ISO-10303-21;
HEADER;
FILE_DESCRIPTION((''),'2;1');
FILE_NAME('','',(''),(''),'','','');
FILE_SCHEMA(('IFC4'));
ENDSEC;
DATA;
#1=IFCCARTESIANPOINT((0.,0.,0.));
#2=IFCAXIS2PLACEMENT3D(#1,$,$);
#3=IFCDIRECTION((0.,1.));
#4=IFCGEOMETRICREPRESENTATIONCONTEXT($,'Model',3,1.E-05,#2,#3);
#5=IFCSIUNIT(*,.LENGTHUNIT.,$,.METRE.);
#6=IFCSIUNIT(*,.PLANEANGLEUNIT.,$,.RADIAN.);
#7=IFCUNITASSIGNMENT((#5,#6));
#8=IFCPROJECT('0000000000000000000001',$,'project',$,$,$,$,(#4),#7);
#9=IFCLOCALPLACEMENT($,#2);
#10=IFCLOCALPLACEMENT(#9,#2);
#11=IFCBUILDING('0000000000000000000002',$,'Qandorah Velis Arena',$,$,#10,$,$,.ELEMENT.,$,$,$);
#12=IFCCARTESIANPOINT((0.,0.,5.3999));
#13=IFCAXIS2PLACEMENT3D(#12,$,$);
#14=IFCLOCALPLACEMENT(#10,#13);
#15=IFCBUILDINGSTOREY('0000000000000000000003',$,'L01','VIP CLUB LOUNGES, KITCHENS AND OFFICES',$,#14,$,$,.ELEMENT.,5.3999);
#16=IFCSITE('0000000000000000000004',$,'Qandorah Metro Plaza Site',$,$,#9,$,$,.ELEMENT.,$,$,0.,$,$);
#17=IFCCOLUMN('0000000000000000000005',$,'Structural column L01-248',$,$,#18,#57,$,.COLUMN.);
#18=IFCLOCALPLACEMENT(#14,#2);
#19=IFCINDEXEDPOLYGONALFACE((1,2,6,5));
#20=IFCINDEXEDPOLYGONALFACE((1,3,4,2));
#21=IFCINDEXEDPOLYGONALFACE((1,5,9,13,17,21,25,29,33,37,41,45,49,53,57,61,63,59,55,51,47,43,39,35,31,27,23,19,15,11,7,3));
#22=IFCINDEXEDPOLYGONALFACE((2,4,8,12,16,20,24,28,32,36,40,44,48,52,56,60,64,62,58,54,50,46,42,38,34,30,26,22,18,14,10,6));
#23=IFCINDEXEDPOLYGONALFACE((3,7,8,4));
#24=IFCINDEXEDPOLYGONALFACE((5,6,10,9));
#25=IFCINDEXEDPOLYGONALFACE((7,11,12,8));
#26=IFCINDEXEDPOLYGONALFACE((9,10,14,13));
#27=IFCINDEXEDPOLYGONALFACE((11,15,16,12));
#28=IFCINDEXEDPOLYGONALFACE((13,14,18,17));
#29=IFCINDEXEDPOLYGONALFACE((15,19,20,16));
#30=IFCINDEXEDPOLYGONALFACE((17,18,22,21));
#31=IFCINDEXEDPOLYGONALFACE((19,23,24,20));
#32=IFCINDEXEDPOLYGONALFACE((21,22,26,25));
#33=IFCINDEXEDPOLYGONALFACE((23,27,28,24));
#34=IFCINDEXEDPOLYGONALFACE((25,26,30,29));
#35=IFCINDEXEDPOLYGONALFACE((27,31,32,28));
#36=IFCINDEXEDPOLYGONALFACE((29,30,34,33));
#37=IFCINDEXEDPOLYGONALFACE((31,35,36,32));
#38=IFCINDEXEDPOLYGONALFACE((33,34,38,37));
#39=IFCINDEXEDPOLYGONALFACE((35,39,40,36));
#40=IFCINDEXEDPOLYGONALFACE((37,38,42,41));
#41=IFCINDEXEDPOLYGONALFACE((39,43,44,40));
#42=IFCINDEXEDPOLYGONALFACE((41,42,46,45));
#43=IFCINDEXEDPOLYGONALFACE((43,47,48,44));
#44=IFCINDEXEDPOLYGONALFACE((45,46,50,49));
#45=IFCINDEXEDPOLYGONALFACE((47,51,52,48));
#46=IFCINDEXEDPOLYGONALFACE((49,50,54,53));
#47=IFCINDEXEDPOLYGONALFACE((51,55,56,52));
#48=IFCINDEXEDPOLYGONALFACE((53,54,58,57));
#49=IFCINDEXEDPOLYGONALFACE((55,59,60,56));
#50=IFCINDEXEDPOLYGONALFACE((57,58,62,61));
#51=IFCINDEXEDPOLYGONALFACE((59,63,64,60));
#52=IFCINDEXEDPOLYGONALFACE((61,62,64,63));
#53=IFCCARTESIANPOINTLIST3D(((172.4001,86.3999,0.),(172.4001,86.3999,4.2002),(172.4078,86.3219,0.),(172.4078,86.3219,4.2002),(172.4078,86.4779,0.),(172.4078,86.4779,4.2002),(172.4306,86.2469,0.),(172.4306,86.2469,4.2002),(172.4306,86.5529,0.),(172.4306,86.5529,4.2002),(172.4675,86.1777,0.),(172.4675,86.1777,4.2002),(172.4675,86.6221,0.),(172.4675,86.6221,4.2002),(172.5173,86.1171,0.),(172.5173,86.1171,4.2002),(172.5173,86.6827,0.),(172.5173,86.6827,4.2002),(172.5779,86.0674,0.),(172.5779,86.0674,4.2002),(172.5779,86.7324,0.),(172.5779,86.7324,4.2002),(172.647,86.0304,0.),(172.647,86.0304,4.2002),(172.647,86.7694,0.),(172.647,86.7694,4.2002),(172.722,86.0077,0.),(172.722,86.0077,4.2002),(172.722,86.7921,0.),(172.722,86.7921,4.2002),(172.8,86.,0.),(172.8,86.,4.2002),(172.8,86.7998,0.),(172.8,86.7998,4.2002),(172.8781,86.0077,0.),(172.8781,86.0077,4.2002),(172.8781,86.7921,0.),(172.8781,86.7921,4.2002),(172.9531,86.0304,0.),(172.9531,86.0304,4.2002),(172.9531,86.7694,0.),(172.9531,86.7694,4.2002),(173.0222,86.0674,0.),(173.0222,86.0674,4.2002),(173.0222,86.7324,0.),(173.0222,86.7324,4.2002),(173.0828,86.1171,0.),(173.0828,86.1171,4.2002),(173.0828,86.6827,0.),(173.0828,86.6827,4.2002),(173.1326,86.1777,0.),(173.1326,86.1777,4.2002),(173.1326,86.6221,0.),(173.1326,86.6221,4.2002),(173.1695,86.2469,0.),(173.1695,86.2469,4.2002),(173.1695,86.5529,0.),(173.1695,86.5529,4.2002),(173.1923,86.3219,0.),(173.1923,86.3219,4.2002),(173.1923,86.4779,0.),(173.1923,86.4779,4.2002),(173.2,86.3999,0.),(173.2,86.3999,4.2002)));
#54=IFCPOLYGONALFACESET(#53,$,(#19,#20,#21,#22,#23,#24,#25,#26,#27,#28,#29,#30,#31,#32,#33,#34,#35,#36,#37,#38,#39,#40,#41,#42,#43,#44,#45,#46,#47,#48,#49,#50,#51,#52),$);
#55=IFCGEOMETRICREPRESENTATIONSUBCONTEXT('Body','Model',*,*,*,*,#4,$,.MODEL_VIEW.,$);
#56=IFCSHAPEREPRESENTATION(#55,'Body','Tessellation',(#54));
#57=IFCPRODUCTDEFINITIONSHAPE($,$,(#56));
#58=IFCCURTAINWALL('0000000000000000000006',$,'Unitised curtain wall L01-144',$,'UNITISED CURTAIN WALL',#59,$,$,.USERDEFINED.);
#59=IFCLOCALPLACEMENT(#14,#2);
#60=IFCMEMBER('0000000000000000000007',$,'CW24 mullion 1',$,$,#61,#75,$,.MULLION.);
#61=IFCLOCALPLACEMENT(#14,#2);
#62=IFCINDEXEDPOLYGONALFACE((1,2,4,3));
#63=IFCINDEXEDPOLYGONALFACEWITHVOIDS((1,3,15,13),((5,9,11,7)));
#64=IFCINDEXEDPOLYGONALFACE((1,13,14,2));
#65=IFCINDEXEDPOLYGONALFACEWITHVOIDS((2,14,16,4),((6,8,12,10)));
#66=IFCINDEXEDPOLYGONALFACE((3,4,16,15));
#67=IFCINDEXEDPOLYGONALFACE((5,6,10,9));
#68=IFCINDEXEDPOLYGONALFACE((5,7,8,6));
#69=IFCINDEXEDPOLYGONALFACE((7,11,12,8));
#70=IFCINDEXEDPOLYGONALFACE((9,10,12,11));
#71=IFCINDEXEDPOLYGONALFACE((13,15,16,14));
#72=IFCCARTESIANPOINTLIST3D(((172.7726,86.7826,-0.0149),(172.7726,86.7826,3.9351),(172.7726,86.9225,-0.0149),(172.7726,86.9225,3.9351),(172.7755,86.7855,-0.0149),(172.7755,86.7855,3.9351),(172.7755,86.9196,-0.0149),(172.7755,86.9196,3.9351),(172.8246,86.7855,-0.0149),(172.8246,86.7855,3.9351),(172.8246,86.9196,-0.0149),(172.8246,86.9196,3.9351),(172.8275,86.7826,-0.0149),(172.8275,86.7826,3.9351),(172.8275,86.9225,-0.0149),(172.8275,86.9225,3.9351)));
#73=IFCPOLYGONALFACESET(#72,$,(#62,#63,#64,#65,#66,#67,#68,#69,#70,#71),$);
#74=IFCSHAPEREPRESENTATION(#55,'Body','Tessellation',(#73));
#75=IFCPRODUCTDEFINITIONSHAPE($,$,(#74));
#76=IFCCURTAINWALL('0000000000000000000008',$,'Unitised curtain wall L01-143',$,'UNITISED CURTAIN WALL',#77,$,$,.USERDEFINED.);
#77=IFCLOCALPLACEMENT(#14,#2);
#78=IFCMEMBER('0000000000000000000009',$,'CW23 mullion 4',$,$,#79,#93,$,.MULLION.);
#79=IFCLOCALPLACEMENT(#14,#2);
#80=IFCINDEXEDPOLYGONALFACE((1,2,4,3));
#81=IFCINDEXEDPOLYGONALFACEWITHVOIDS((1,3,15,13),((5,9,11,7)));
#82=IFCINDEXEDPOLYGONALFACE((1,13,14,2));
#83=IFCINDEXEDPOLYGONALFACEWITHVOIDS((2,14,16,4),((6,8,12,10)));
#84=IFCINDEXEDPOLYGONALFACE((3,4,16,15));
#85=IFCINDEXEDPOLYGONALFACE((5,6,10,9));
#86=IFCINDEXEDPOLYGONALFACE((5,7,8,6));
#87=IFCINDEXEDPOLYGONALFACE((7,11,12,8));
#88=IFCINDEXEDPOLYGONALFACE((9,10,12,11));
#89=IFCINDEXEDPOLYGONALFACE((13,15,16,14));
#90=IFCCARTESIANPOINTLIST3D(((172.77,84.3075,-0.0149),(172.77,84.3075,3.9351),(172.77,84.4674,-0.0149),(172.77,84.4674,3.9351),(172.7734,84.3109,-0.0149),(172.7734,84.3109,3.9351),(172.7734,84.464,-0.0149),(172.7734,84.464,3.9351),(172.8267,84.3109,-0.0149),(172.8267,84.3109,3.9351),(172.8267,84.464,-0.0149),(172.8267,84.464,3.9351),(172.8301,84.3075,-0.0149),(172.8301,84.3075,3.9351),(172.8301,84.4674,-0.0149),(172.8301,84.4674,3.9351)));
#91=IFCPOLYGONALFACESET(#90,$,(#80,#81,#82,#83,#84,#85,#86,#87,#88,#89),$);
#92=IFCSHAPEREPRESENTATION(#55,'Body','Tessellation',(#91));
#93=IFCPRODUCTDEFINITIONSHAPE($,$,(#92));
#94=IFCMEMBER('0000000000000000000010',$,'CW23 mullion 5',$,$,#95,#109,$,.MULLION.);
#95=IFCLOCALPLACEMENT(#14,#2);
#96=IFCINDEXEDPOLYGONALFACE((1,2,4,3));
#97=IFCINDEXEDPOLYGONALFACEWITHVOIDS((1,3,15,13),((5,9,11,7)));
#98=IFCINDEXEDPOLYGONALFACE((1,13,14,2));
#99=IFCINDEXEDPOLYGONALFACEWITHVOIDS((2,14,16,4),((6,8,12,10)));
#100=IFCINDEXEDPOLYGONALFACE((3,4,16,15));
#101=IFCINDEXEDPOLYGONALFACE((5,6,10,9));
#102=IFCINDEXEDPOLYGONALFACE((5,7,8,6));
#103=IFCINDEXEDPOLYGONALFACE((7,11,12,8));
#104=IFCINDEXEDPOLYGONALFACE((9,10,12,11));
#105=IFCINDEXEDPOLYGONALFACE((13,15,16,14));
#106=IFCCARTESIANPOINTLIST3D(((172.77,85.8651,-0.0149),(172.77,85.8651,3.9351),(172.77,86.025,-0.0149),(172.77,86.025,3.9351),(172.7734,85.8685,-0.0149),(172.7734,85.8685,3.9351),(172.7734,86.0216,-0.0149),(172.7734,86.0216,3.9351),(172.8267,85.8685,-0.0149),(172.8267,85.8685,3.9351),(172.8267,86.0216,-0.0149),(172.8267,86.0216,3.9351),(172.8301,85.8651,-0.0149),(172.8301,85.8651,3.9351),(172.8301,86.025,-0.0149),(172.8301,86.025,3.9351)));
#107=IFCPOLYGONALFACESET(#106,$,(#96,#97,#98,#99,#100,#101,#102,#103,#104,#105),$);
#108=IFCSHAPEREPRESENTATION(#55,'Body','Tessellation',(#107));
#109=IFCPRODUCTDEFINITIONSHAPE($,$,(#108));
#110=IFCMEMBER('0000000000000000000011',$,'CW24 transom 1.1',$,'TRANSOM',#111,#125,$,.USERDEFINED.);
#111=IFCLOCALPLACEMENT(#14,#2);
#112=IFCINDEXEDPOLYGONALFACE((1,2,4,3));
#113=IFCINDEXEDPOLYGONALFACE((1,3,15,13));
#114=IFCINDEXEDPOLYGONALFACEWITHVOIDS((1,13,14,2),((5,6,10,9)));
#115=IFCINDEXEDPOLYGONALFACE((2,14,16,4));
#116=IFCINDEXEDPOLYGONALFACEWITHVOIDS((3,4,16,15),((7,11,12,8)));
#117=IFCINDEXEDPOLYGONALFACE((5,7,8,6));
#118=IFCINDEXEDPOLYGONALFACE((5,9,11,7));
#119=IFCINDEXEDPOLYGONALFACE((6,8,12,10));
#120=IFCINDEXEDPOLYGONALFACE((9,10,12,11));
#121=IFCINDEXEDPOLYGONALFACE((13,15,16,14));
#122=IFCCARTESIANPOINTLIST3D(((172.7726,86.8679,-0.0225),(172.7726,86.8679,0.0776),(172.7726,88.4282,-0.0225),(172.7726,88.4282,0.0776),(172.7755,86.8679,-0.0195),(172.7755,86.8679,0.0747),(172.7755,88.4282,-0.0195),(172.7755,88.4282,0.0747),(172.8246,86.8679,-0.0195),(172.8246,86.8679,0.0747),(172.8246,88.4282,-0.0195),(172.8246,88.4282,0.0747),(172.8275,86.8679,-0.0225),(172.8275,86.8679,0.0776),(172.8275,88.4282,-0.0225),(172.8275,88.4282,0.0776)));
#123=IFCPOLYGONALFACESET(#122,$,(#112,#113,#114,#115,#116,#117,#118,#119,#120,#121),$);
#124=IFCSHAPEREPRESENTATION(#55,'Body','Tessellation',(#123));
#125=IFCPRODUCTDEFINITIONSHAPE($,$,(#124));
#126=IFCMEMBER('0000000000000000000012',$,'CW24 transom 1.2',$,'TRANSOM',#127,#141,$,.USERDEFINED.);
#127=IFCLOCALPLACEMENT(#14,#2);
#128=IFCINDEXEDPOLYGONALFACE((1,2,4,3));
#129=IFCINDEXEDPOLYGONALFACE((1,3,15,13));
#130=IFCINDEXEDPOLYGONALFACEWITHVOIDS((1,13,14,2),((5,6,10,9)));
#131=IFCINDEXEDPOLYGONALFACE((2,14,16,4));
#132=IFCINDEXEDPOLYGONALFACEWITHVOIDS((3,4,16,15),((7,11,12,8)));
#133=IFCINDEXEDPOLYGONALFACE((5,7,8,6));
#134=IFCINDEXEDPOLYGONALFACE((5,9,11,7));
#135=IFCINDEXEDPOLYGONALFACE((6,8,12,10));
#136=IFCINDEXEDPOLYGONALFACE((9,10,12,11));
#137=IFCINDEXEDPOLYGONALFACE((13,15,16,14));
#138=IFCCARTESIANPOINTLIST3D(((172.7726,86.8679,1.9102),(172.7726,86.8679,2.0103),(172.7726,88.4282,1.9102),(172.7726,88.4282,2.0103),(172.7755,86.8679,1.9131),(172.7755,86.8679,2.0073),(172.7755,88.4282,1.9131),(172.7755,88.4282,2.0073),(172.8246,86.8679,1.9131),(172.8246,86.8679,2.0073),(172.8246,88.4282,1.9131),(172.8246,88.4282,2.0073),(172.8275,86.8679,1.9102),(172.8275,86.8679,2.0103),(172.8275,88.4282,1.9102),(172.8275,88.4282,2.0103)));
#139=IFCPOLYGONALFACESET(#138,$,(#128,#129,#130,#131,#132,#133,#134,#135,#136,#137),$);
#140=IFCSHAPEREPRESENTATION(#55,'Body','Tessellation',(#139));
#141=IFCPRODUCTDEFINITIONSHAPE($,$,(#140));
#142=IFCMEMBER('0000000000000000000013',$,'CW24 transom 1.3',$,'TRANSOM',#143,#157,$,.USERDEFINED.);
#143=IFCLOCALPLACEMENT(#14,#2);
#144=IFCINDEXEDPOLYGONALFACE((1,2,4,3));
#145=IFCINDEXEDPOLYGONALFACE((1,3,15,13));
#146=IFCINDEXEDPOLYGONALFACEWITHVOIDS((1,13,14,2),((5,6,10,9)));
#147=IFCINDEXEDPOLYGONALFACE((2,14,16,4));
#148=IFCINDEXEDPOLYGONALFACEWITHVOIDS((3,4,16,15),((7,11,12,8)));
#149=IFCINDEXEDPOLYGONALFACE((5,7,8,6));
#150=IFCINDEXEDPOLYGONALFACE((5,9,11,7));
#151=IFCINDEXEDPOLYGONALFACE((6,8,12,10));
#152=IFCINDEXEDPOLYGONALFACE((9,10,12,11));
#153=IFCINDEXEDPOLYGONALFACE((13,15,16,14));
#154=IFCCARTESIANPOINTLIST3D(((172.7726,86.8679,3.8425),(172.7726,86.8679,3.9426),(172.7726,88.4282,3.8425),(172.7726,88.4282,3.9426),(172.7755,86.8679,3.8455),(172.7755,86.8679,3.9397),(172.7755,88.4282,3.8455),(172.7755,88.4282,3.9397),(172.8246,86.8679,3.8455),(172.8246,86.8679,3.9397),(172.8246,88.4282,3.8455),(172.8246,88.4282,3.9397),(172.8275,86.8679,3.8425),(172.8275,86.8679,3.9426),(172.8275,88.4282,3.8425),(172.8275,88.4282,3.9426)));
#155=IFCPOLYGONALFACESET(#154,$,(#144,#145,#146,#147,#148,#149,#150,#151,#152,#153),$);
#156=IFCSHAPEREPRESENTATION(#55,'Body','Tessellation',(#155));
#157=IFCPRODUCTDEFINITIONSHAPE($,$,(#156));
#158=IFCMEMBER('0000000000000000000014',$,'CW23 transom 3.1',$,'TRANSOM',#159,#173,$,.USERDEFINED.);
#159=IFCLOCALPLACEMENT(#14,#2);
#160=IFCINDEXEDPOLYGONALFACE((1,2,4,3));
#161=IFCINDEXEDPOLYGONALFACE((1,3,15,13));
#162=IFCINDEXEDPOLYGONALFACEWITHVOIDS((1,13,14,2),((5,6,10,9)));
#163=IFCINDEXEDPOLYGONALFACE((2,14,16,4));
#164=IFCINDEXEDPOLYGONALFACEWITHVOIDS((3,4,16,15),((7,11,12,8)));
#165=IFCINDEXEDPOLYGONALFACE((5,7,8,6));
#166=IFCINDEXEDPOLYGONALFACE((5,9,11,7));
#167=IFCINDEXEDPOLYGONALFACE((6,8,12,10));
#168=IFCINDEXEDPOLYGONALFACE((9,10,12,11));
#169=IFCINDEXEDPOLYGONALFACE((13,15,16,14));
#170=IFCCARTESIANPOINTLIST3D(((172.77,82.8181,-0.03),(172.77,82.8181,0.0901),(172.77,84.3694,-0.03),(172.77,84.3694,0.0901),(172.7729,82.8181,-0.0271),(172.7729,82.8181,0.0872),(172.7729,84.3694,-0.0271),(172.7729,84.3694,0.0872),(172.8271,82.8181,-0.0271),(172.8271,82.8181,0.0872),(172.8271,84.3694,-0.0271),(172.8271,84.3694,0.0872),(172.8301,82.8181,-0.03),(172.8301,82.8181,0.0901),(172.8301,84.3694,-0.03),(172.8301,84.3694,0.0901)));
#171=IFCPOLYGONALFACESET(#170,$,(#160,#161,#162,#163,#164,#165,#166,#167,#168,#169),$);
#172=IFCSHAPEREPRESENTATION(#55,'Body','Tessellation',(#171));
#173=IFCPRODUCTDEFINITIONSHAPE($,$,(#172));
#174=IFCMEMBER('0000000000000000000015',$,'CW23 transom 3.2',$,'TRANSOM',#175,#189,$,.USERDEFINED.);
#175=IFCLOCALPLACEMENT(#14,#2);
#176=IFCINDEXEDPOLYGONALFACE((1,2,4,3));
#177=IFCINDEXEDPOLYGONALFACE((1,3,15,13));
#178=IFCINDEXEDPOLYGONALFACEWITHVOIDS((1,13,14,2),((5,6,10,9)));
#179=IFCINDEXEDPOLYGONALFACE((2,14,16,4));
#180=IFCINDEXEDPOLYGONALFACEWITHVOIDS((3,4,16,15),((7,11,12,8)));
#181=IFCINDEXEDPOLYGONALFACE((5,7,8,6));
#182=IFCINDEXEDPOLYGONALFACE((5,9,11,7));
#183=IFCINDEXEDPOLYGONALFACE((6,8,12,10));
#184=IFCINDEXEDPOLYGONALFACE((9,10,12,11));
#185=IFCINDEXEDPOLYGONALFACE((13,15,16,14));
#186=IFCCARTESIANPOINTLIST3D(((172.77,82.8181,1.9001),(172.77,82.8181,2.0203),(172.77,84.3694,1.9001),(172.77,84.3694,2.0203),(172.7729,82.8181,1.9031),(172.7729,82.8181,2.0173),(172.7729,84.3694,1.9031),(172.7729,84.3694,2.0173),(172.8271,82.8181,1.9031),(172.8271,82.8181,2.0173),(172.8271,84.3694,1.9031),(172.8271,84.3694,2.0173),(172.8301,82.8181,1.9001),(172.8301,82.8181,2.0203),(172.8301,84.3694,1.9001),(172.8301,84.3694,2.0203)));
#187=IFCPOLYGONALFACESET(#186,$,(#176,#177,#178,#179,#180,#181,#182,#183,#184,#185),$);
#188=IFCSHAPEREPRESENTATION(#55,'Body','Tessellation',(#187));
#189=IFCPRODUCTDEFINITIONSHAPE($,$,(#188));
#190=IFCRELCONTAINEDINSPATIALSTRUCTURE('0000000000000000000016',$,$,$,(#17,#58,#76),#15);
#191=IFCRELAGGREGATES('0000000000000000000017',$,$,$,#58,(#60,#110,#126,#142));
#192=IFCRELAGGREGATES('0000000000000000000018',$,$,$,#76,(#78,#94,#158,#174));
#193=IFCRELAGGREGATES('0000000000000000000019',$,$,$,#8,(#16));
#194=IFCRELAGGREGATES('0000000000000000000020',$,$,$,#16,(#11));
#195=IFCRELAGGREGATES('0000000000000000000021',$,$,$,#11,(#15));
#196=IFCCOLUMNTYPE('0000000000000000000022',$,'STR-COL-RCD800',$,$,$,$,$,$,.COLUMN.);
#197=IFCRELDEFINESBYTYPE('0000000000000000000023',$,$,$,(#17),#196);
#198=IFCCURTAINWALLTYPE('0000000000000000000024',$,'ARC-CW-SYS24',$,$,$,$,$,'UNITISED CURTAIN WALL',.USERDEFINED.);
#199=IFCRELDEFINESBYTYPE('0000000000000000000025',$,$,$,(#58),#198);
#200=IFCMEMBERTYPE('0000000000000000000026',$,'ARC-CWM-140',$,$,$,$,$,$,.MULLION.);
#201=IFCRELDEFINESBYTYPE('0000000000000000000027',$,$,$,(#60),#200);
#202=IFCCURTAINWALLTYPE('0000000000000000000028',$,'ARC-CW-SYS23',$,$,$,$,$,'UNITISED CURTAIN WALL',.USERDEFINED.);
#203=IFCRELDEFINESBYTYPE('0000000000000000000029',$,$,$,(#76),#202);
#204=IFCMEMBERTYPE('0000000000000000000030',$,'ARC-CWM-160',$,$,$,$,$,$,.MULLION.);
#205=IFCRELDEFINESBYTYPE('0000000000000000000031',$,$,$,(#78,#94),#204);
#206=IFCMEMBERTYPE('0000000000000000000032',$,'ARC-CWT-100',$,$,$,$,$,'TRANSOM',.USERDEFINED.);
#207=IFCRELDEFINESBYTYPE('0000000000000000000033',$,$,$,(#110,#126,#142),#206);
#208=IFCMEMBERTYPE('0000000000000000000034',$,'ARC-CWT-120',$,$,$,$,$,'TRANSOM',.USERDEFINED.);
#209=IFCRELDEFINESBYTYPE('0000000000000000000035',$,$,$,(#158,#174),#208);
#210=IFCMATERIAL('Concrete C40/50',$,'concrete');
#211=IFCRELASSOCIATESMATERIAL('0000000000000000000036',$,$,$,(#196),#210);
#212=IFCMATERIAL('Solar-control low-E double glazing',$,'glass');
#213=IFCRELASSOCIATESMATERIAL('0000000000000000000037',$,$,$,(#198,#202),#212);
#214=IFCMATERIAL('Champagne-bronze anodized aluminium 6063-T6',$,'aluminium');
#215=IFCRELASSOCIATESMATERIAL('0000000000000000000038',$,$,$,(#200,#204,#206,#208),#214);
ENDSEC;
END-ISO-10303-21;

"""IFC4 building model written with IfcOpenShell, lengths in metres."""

from ifc_helpers import new_model, si_unit, direction, frame, origin, origin_2d, place, context, subcontext, project, spatial, hollow_rectangle, circle, extrude, material, material_profile, profile_set, type_object, element, aggregate, save


model = new_model("IFC4")

# Units and contexts
model_context = context("Model", 3, precision=1e-05, world=origin(), true_north=direction((0.0, 1.0)))
body_context = subcontext(model_context, "Body", "Model", "MODEL_VIEW")
ifc_project = project(units=[si_unit("LENGTHUNIT", "METRE"), si_unit("PLANEANGLEUNIT", "RADIAN")], contexts=[model_context])

# Site, building, storey
site_placement = place(None, origin())
site = spatial("IfcSite", under=ifc_project, at=site_placement, Name="Qandorah Metro Plaza Site", CompositionType="ELEMENT", RefElevation=0.0)
building_placement = place(site_placement, origin())
building = spatial("IfcBuilding", under=site, at=building_placement, Name="Qandorah Velis Arena", CompositionType="ELEMENT")
storey_placement = place(building_placement, frame((0.0, 0.0, 5.3999)))
storey = spatial("IfcBuildingStorey", under=building, at=storey_placement, Name="L01", Description="VIP CLUB LOUNGES, KITCHENS AND OFFICES", CompositionType="ELEMENT", Elevation=5.3999)

# Column
ifc_material_1 = material(Name="Concrete C40/50", Category="concrete")
ifc_material_profile_1 = material_profile(ifc_material_1, circle(Radius=0.3999, at=origin_2d()), Name="RC D800")
ifc_profile_set_1 = profile_set([ifc_material_profile_1], Name="Concrete C40/50")
column_type = type_object("IfcColumnType", Name="STR-COL-RCD800", PredefinedType="COLUMN", material=ifc_profile_set_1)
column_placement = place(storey_placement, frame((172.8, 86.3999, 0.0), z_axis=(0.0, 0.0, 1.0), x_axis=(1.0, 0.0, 0.0)))
element("IfcColumn", 1, at=column_placement, inside=storey, type_object=column_type, Name="Structural column L01-248", PredefinedType="COLUMN", context=body_context, shape_type="SweptSolid", body=[
    extrude(circle(Radius=0.3999, at=origin_2d()), origin(), (0.0, 0.0, 1.0), 4.2002),
])

# Curtain wall, member
ifc_material_2 = material(Name="Solar-control low-E double glazing", Category="glass")
curtain_wall_type_1 = type_object("IfcCurtainWallType", Name="ARC-CW-SYS24", ElementType="UNITISED CURTAIN WALL", PredefinedType="USERDEFINED", material=ifc_material_2)
curtain_wall_1_placement = place(storey_placement, origin())
curtain_wall_1 = element("IfcCurtainWall", 2, at=curtain_wall_1_placement, inside=storey, type_object=curtain_wall_type_1, Name="Unitised curtain wall L01-144", ObjectType="UNITISED CURTAIN WALL", PredefinedType="USERDEFINED")
ifc_material_3 = material(Name="Champagne-bronze anodized aluminium 6063-T6", Category="aluminium")
ifc_material_profile_2 = material_profile(ifc_material_3, hollow_rectangle(XDim=0.0549, YDim=0.1399, WallThickness=0.0029, at=origin_2d()), Name="ALU MULLION 55x140")
ifc_profile_set_2 = profile_set([ifc_material_profile_2], Name="Champagne-bronze anodized aluminium 6063-T6")
member_type_1 = type_object("IfcMemberType", Name="ARC-CWM-140", PredefinedType="MULLION", material=ifc_profile_set_2)
member_1_placement = place(storey_placement, frame((172.8, 86.8525, -0.0149), z_axis=(0.0, 0.0, 1.0), x_axis=(-1.0, 0.0, 0.0)))
member_1 = element("IfcMember", 3, at=member_1_placement, type_object=member_type_1, Name="CW24 mullion 1", PredefinedType="MULLION", context=body_context, shape_type="SweptSolid", body=[
    extrude(hollow_rectangle(XDim=0.0549, YDim=0.1399, WallThickness=0.0029, at=origin_2d()), origin(), (0.0, 0.0, 1.0), 3.95),
])

# Curtain wall, members
curtain_wall_type_2 = type_object("IfcCurtainWallType", Name="ARC-CW-SYS23", ElementType="UNITISED CURTAIN WALL", PredefinedType="USERDEFINED", material=ifc_material_2)
curtain_wall_2_placement = place(storey_placement, origin())
curtain_wall_2 = element("IfcCurtainWall", 4, at=curtain_wall_2_placement, inside=storey, type_object=curtain_wall_type_2, Name="Unitised curtain wall L01-143", ObjectType="UNITISED CURTAIN WALL", PredefinedType="USERDEFINED")
ifc_material_profile_3 = material_profile(ifc_material_3, hollow_rectangle(XDim=0.0601, YDim=0.1599, WallThickness=0.0034, at=origin_2d()), Name="ALU MULLION 60x160")
ifc_profile_set_3 = profile_set([ifc_material_profile_3], Name="Champagne-bronze anodized aluminium 6063-T6")
member_type_2 = type_object("IfcMemberType", Name="ARC-CWM-160", PredefinedType="MULLION", material=ifc_profile_set_3)
member_2_placement = place(storey_placement, frame((172.8, 84.3875, -0.0149), z_axis=(0.0, 0.0, 1.0), x_axis=(-1.0, 0.0, 0.0)))
member_2 = element("IfcMember", 5, at=member_2_placement, type_object=member_type_2, Name="CW23 mullion 4", PredefinedType="MULLION", context=body_context, shape_type="SweptSolid", body=[
    extrude(hollow_rectangle(XDim=0.0601, YDim=0.1599, WallThickness=0.0034, at=origin_2d()), origin(), (0.0, 0.0, 1.0), 3.95),
])
member_3_placement = place(storey_placement, frame((172.8, 85.9451, -0.0149), z_axis=(0.0, 0.0, 1.0), x_axis=(-1.0, 0.0, 0.0)))
member_3 = element("IfcMember", 6, at=member_3_placement, type_object=member_type_2, Name="CW23 mullion 5", PredefinedType="MULLION", context=body_context, shape_type="SweptSolid", body=[
    extrude(hollow_rectangle(XDim=0.0601, YDim=0.1599, WallThickness=0.0034, at=origin_2d()), origin(), (0.0, 0.0, 1.0), 3.95),
])

# Members
ifc_material_profile_4 = material_profile(ifc_material_3, hollow_rectangle(XDim=0.0549, YDim=0.1001, WallThickness=0.0029, at=origin_2d()), Name="ALU TRANSOM 55x100")
ifc_profile_set_4 = profile_set([ifc_material_profile_4], Name="Champagne-bronze anodized aluminium 6063-T6")
member_type_3 = type_object("IfcMemberType", Name="ARC-CWT-100", ElementType="TRANSOM", PredefinedType="USERDEFINED", material=ifc_profile_set_4)
member_4_placement = place(storey_placement, frame((172.8, 86.8679, 0.0276), z_axis=(0.0, 1.0, 0.0), x_axis=(-1.0, 0.0, 0.0)))
member_4 = element("IfcMember", 7, at=member_4_placement, type_object=member_type_3, Name="CW24 transom 1.1", ObjectType="TRANSOM", PredefinedType="USERDEFINED", context=body_context, shape_type="SweptSolid", body=[
    extrude(hollow_rectangle(XDim=0.0549, YDim=0.1001, WallThickness=0.0029, at=origin_2d()), origin(), (0.0, 0.0, 1.0), 1.5603),
])
member_5_placement = place(storey_placement, frame((172.8, 86.8679, 1.9602), z_axis=(0.0, 1.0, 0.0), x_axis=(-1.0, 0.0, 0.0)))
member_5 = element("IfcMember", 8, at=member_5_placement, type_object=member_type_3, Name="CW24 transom 1.2", ObjectType="TRANSOM", PredefinedType="USERDEFINED", context=body_context, shape_type="SweptSolid", body=[
    extrude(hollow_rectangle(XDim=0.0549, YDim=0.1001, WallThickness=0.0029, at=origin_2d()), origin(), (0.0, 0.0, 1.0), 1.5603),
])
member_6_placement = place(storey_placement, frame((172.8, 86.8679, 3.8926), z_axis=(0.0, 1.0, 0.0), x_axis=(-1.0, 0.0, 0.0)))
member_6 = element("IfcMember", 9, at=member_6_placement, type_object=member_type_3, Name="CW24 transom 1.3", ObjectType="TRANSOM", PredefinedType="USERDEFINED", context=body_context, shape_type="SweptSolid", body=[
    extrude(hollow_rectangle(XDim=0.0549, YDim=0.1001, WallThickness=0.0029, at=origin_2d()), origin(), (0.0, 0.0, 1.0), 1.5603),
])
aggregate(curtain_wall_1, [member_1, member_4, member_5, member_6])
ifc_material_profile_5 = material_profile(ifc_material_3, hollow_rectangle(XDim=0.0601, YDim=0.1201, WallThickness=0.0029, at=origin_2d()), Name="ALU TRANSOM 60x120")
ifc_profile_set_5 = profile_set([ifc_material_profile_5], Name="Champagne-bronze anodized aluminium 6063-T6")
member_type_4 = type_object("IfcMemberType", Name="ARC-CWT-120", ElementType="TRANSOM", PredefinedType="USERDEFINED", material=ifc_profile_set_5)
member_7_placement = place(storey_placement, frame((172.8, 82.8181, 0.03), z_axis=(0.0, 1.0, 0.0), x_axis=(-1.0, 0.0, 0.0)))
member_7 = element("IfcMember", 10, at=member_7_placement, type_object=member_type_4, Name="CW23 transom 3.1", ObjectType="TRANSOM", PredefinedType="USERDEFINED", context=body_context, shape_type="SweptSolid", body=[
    extrude(hollow_rectangle(XDim=0.0601, YDim=0.1201, WallThickness=0.0029, at=origin_2d()), origin(), (0.0, 0.0, 1.0), 1.5513),
])
member_8_placement = place(storey_placement, frame((172.8, 82.8181, 1.9602), z_axis=(0.0, 1.0, 0.0), x_axis=(-1.0, 0.0, 0.0)))
member_8 = element("IfcMember", 11, at=member_8_placement, type_object=member_type_4, Name="CW23 transom 3.2", ObjectType="TRANSOM", PredefinedType="USERDEFINED", context=body_context, shape_type="SweptSolid", body=[
    extrude(hollow_rectangle(XDim=0.0601, YDim=0.1201, WallThickness=0.0029, at=origin_2d()), origin(), (0.0, 0.0, 1.0), 1.5513),
])

aggregate(curtain_wall_2, [member_2, member_3, member_7, member_8])

save(model, "model.ifc")
